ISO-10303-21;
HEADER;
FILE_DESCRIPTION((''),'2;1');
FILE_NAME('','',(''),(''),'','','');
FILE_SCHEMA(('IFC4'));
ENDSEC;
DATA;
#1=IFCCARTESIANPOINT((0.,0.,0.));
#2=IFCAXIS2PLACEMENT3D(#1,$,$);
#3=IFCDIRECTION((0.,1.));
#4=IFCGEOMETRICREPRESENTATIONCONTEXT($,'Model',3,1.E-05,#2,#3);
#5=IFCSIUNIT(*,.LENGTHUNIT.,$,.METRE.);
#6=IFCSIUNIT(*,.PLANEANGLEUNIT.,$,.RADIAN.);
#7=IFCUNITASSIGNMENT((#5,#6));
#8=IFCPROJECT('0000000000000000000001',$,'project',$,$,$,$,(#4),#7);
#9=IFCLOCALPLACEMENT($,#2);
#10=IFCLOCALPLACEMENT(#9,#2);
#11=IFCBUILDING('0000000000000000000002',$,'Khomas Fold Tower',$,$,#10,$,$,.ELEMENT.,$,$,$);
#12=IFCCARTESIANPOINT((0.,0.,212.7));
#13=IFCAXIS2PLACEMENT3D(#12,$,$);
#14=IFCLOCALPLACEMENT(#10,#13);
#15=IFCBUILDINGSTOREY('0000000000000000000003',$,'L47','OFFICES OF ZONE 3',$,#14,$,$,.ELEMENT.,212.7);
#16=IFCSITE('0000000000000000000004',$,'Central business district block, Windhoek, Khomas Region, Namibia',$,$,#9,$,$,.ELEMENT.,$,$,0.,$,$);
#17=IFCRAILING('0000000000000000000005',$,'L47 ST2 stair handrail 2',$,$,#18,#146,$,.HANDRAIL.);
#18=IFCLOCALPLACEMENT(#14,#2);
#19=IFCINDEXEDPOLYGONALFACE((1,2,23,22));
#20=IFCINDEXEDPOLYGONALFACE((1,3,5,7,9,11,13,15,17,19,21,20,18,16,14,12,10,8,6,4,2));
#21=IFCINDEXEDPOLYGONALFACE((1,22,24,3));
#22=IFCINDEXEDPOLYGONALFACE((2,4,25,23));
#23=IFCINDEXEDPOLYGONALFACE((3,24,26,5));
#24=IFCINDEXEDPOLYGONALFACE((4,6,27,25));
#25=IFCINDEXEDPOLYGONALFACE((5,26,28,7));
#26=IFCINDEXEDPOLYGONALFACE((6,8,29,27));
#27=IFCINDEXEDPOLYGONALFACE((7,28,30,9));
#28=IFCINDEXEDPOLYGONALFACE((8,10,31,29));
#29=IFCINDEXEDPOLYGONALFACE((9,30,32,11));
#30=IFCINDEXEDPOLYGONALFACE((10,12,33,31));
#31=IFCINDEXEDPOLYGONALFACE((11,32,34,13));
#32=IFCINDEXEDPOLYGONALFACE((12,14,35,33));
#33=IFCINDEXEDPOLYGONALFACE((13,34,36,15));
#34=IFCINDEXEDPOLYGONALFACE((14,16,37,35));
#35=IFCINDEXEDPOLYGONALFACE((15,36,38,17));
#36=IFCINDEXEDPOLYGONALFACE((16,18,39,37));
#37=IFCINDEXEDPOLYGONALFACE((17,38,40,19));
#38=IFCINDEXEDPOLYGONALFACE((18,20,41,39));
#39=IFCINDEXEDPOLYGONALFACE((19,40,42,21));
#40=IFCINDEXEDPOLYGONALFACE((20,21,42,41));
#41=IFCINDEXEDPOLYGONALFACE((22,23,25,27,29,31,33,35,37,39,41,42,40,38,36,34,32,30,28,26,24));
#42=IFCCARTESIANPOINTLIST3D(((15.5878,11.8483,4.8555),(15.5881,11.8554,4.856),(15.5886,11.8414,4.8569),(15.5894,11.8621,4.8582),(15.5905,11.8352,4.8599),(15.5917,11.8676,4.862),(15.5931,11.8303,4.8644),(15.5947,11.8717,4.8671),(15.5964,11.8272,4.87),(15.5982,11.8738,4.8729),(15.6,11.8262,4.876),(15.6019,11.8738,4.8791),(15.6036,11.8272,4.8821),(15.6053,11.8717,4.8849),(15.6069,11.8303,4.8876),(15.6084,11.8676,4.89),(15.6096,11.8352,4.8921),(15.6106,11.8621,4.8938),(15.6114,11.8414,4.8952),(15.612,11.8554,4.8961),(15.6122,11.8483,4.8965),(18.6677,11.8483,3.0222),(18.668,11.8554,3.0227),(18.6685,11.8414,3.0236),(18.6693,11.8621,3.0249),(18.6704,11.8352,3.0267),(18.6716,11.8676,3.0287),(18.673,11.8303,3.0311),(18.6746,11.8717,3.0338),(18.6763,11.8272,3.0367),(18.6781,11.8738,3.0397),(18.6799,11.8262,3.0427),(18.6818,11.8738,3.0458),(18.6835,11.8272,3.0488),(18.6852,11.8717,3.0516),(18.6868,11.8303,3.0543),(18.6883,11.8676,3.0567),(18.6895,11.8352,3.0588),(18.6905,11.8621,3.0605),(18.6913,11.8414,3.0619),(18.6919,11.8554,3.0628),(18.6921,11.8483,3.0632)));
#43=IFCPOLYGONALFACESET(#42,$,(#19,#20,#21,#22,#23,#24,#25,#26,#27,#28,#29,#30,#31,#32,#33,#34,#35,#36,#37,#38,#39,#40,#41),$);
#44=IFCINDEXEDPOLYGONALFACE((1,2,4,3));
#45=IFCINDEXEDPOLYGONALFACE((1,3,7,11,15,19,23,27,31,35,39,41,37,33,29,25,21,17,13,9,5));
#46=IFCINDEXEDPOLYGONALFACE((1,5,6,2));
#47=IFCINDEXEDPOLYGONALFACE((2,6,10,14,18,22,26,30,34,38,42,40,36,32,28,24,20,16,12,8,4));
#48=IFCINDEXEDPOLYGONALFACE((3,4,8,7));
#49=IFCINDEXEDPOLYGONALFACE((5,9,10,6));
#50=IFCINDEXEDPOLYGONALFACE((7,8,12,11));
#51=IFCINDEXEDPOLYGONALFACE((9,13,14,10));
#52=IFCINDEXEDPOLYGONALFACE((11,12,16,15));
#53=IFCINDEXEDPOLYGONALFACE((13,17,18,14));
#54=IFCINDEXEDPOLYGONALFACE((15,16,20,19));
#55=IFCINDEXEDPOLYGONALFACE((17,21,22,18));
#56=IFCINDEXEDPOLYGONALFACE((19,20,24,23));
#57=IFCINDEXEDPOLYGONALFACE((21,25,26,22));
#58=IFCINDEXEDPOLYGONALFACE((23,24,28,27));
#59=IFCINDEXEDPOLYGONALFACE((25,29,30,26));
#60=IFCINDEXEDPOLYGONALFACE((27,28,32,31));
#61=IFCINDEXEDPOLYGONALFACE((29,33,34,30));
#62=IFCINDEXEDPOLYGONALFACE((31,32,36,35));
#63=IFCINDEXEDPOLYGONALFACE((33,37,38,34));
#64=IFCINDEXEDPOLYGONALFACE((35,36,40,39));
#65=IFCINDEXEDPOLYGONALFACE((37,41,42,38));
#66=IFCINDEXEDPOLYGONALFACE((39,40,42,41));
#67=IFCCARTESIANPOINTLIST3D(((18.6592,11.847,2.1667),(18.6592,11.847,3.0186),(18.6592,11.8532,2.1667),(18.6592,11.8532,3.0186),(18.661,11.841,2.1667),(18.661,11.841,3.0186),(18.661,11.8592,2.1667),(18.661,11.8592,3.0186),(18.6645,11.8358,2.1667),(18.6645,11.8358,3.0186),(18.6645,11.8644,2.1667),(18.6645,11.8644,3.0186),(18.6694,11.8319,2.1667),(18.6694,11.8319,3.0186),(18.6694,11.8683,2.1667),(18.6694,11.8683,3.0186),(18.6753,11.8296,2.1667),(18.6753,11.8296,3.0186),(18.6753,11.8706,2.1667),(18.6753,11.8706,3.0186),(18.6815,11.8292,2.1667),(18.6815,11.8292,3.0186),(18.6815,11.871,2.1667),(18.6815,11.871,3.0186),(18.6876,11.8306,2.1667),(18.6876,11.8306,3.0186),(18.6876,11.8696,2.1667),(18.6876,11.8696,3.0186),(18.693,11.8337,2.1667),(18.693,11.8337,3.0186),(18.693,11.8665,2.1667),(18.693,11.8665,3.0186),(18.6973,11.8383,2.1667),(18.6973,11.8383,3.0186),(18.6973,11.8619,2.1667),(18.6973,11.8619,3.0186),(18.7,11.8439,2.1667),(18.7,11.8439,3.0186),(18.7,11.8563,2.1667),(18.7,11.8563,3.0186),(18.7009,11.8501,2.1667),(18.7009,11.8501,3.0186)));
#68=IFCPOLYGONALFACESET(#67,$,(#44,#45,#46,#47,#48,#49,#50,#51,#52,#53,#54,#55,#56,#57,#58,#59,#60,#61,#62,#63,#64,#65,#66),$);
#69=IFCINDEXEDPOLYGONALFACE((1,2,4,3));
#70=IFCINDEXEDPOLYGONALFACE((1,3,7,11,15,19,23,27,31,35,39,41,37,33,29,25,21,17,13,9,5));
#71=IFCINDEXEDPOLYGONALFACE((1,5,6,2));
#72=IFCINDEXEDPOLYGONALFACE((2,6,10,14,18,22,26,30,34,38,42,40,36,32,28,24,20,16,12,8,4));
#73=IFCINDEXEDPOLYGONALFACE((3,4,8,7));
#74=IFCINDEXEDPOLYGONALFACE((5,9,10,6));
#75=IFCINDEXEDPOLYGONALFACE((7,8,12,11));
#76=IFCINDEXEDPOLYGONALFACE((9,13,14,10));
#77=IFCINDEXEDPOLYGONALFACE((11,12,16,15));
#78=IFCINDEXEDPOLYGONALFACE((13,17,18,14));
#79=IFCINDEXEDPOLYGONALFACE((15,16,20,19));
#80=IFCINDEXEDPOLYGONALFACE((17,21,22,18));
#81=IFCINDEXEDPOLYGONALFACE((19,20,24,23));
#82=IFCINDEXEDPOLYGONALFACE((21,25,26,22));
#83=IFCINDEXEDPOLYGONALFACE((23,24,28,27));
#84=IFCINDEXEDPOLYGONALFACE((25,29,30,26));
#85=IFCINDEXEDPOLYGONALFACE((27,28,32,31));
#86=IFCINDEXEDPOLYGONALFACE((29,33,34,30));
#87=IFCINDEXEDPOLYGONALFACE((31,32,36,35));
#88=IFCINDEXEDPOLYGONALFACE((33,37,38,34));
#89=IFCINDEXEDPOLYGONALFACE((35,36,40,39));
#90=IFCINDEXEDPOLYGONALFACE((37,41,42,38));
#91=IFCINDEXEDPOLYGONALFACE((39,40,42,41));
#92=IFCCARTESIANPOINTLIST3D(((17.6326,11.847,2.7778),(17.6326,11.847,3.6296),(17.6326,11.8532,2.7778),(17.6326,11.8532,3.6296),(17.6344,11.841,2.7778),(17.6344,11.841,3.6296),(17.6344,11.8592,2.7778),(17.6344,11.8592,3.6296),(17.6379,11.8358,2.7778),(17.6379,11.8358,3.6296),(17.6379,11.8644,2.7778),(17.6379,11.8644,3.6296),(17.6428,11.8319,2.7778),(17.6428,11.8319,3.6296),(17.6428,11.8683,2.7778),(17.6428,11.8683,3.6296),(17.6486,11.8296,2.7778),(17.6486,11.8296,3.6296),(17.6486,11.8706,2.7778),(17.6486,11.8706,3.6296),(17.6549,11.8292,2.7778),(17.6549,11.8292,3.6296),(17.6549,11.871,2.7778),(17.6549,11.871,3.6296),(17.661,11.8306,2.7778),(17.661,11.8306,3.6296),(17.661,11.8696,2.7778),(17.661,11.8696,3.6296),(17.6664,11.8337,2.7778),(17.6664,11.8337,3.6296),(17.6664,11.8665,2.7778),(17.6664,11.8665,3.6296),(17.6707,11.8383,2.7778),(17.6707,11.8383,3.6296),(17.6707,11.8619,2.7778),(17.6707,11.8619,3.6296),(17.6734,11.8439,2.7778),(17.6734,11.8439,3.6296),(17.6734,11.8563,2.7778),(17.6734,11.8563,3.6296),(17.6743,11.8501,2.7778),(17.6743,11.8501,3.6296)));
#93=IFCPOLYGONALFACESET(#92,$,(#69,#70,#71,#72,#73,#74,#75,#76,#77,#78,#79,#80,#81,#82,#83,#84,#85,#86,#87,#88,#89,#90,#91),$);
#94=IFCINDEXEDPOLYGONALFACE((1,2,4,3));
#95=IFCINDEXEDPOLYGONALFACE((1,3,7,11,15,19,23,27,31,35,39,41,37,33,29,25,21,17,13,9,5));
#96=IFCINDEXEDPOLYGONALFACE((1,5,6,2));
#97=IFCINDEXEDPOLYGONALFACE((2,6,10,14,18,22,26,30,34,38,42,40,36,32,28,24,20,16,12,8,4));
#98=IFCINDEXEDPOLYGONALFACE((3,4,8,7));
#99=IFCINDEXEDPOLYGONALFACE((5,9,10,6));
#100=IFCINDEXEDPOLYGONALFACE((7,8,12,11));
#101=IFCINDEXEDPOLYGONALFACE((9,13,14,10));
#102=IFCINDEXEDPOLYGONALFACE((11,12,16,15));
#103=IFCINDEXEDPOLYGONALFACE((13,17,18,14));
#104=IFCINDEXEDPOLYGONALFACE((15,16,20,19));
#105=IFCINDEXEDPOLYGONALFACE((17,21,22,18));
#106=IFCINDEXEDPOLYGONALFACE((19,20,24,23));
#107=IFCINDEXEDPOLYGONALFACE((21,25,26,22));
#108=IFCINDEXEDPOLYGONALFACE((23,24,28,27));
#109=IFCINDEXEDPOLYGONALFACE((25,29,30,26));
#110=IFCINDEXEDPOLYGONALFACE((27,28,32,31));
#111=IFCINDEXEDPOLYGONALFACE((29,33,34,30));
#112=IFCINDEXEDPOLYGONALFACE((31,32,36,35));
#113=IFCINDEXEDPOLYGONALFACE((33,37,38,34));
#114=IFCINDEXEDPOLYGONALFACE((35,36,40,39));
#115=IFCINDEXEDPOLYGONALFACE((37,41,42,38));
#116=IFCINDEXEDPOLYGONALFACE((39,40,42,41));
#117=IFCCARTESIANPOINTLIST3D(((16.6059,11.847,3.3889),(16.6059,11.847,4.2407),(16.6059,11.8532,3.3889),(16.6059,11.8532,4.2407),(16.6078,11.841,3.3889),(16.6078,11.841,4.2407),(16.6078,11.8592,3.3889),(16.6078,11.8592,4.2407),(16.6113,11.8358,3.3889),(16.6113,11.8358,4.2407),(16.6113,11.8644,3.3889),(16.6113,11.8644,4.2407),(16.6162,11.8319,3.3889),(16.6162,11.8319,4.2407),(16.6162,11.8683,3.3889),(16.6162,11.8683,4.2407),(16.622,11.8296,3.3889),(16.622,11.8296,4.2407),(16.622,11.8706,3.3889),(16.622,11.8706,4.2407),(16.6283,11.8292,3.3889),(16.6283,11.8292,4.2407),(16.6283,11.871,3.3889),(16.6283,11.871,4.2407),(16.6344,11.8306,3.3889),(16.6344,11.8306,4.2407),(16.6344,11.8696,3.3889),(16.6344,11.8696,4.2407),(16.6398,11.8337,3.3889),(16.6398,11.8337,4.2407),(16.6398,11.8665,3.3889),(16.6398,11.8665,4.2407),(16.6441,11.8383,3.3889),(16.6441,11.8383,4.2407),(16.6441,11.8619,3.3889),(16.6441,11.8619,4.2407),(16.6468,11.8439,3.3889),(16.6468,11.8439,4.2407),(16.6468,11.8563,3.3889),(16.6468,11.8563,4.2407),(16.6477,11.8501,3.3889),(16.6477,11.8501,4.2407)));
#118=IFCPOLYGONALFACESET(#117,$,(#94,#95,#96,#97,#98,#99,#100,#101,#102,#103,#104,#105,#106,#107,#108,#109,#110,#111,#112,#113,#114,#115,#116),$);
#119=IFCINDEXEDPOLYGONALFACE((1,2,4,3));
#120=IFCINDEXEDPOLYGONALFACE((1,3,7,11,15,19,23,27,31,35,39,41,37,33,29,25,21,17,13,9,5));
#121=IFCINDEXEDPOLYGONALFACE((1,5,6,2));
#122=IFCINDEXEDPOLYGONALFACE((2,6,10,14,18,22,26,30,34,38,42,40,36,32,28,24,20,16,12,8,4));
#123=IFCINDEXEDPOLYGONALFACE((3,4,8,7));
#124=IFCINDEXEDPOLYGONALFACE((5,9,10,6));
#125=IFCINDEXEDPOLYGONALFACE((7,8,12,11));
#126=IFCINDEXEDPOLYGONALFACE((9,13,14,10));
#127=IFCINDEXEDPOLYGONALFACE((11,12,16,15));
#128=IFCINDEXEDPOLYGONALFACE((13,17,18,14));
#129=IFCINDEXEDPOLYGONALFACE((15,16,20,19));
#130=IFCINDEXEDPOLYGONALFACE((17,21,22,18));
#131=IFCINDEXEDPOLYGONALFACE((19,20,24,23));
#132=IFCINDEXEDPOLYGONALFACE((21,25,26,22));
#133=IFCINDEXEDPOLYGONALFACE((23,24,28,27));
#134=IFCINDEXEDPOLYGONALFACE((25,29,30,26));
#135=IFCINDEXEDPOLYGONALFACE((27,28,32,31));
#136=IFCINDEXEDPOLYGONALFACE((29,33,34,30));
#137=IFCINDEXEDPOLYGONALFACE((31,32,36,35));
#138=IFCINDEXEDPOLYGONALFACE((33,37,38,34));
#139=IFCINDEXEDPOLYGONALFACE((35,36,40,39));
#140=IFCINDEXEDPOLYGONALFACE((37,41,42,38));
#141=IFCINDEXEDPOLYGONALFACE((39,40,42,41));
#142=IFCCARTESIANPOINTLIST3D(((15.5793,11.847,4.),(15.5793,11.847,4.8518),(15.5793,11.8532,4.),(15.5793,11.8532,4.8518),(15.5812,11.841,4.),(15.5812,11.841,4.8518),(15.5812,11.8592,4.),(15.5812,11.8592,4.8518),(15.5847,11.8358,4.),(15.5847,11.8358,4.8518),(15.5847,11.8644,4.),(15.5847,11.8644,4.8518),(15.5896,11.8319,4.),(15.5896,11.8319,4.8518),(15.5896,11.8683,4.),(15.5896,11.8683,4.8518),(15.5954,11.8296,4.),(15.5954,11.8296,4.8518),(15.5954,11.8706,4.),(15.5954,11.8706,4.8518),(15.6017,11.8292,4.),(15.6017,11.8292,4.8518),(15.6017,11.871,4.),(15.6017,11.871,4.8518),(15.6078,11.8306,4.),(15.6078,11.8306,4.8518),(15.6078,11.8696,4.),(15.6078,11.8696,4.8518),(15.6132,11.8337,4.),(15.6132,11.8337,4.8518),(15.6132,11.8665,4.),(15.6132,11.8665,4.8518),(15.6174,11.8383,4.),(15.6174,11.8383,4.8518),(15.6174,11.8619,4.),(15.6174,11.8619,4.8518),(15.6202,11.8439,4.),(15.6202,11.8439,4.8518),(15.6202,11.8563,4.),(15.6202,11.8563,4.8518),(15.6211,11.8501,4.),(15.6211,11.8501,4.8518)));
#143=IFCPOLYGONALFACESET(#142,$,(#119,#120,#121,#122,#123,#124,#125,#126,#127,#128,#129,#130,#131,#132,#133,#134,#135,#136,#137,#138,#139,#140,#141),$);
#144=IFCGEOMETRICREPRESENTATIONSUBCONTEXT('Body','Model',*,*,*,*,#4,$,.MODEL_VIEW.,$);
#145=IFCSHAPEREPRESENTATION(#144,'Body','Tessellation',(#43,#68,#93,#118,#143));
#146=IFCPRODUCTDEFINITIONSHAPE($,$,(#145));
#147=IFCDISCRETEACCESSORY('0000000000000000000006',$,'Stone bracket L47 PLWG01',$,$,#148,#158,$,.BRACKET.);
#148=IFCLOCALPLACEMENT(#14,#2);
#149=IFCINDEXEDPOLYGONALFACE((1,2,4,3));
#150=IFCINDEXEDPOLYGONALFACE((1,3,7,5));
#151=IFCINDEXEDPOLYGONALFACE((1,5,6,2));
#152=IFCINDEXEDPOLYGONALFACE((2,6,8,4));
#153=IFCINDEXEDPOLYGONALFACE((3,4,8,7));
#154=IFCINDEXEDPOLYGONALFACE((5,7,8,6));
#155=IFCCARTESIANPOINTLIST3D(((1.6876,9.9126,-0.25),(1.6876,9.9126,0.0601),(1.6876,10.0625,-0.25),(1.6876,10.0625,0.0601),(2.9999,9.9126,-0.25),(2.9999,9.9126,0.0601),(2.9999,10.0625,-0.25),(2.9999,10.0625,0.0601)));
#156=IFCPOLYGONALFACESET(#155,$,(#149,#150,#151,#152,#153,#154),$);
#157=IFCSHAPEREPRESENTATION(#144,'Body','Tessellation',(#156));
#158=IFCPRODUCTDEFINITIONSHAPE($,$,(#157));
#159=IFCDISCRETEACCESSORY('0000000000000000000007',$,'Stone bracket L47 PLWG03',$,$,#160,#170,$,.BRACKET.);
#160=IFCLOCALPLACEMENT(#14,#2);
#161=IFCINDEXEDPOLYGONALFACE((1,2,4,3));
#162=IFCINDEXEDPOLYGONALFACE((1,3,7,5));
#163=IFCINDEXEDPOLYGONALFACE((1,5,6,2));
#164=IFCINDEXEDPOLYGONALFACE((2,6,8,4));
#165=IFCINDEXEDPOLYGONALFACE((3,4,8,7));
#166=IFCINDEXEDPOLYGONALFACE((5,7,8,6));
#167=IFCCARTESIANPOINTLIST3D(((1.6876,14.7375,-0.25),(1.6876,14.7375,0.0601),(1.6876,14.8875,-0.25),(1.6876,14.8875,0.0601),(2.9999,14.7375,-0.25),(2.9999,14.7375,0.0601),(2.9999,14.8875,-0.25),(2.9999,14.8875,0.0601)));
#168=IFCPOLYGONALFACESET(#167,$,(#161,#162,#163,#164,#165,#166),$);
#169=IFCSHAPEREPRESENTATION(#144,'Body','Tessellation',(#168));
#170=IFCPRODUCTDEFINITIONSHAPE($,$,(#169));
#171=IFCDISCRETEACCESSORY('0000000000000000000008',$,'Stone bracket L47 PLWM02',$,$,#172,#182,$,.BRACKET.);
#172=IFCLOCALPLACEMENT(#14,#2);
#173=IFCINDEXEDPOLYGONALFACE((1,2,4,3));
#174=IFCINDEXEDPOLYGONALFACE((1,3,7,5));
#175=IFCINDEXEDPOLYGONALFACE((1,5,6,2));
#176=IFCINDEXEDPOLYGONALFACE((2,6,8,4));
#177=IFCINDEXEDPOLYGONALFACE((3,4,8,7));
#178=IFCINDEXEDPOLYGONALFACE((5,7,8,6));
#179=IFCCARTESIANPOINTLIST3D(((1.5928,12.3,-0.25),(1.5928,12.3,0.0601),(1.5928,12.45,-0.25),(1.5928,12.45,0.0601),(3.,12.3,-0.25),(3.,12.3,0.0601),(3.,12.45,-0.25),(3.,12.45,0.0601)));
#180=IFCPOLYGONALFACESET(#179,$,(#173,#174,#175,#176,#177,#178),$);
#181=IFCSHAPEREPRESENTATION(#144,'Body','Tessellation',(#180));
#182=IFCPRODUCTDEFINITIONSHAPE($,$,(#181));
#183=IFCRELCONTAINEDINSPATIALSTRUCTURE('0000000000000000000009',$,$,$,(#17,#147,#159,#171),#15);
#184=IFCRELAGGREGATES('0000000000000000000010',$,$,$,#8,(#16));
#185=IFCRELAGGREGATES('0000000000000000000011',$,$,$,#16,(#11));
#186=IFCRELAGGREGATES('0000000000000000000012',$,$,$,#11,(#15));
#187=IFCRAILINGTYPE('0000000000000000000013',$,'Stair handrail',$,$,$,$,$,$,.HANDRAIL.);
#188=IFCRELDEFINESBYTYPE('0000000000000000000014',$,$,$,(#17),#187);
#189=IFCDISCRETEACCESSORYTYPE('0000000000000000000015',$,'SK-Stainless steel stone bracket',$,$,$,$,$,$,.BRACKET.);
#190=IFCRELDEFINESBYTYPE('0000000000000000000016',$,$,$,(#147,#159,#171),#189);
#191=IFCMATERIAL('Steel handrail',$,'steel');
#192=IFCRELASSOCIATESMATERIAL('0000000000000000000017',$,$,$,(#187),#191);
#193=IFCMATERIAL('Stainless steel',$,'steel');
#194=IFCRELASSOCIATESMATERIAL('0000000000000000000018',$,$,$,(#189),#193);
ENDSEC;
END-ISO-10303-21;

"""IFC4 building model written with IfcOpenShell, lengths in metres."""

from ifc_helpers import new_model, si_unit, direction, frame, origin, origin_2d, place, context, subcontext, project, spatial, rectangle, circle, extrude, source, transform, mapped, material, type_object, element, save


model = new_model("IFC4")

# Units and contexts
model_context = context("Model", 3, precision=1e-05, world=origin(), true_north=direction((0.0, 1.0)))
body_context = subcontext(model_context, "Body", "Model", "MODEL_VIEW")
ifc_project = project(units=[si_unit("LENGTHUNIT", "METRE"), si_unit("PLANEANGLEUNIT", "RADIAN")], contexts=[model_context])

# Site, building, storey
site_placement = place(None, origin())
site = spatial("IfcSite", under=ifc_project, at=site_placement, Name="Central business district block, Windhoek, Khomas Region, Namibia", CompositionType="ELEMENT", RefElevation=0.0)
building_placement = place(site_placement, origin())
building = spatial("IfcBuilding", under=site, at=building_placement, Name="Khomas Fold Tower", CompositionType="ELEMENT")
storey_placement = place(building_placement, frame((0.0, 0.0, 212.7)))
storey = spatial("IfcBuildingStorey", under=building, at=storey_placement, Name="L47", Description="OFFICES OF ZONE 3", CompositionType="ELEMENT", Elevation=212.7)

# Railing
ifc_material_1 = material(Name="Steel handrail", Category="steel")
railing_type_1 = type_object("IfcRailingType", Name="Stair handrail", PredefinedType="HANDRAIL", material=ifc_material_1)
shared_shape_1 = source(origin(), body_context, "Body", "SweptSolid", [
    extrude(circle(Radius=0.0239, at=origin_2d()), frame((0.0, 0.0, 0.876), z_axis=(-0.859291, 0.0, 0.511487), x_axis=(0.0, -1.0, 0.0)), (0.0, 0.0, 1.0), 3.5842),
    extrude(circle(Radius=0.021, at=origin_2d()), origin(), (0.0, 0.0, 1.0), 0.8518),
    extrude(circle(Radius=0.021, at=origin_2d()), frame((-1.0266, 0.0, 0.6111)), (0.0, 0.0, 1.0), 0.8518),
    extrude(circle(Radius=0.021, at=origin_2d()), frame((-2.0532, 0.0, 1.2222)), (0.0, 0.0, 1.0), 0.8518),
    extrude(circle(Radius=0.021, at=origin_2d()), frame((-3.0798, 0.0, 1.8333)), (0.0, 0.0, 1.0), 0.8518),
])
railing_1_placement = place(storey_placement, frame((18.6799, 11.8501, 2.1667)))
element("IfcRailing", 1, at=railing_1_placement, inside=storey, type_object=railing_type_1, Name="L47 ST2 stair handrail 2", PredefinedType="HANDRAIL", context=body_context, shape_type="MappedRepresentation", body=[
    mapped(shared_shape_1, transform((0.0, 0.0, 0.0))),
])

# Discrete accessories
ifc_material_2 = material(Name="Stainless steel", Category="steel")
discrete_accessory_type = type_object("IfcDiscreteAccessoryType", Name="SK-Stainless steel stone bracket", PredefinedType="BRACKET", material=ifc_material_2)
shared_shape_2 = source(origin(), body_context, "Body", "SweptSolid", [
    extrude(rectangle(XDim=1.3123, YDim=0.1499, at=origin_2d()), origin(), (0.0, 0.0, 1.0), 0.3101),
])
for number, where, z_axis, x_axis, name in (
    (2, (2.3438, 9.9875, -0.25), (0.0, 0.0, 1.0), (-1.0, 0.0, 0.0), "Stone bracket L47 PLWG01"),
    (3, (2.3438, 14.8125, -0.25), (0.0, 0.0, 1.0), (-1.0, 0.0, 0.0), "Stone bracket L47 PLWG03"),
):
    element("IfcDiscreteAccessory", number, at=place(storey_placement, frame(where, z_axis=z_axis, x_axis=x_axis)), inside=storey, type_object=discrete_accessory_type, Name=name, PredefinedType="BRACKET", context=body_context, shape_type="MappedRepresentation", body=[
        mapped(shared_shape_2, transform((0.0, 0.0, 0.0))),
    ])
shared_shape_3 = source(origin(), body_context, "Body", "SweptSolid", [
    extrude(rectangle(XDim=1.4072, YDim=0.1499, at=origin_2d()), origin(), (0.0, 0.0, 1.0), 0.3101),
])
discrete_accessory_placement = place(storey_placement, frame((2.2964, 12.375, -0.25), z_axis=(0.0, 0.0, 1.0), x_axis=(-1.0, 0.0, 0.0)))
element("IfcDiscreteAccessory", 4, at=discrete_accessory_placement, inside=storey, type_object=discrete_accessory_type, Name="Stone bracket L47 PLWM02", PredefinedType="BRACKET", context=body_context, shape_type="MappedRepresentation", body=[
    mapped(shared_shape_3, transform((0.0, 0.0, 0.0))),
])

save(model, "model.ifc")
